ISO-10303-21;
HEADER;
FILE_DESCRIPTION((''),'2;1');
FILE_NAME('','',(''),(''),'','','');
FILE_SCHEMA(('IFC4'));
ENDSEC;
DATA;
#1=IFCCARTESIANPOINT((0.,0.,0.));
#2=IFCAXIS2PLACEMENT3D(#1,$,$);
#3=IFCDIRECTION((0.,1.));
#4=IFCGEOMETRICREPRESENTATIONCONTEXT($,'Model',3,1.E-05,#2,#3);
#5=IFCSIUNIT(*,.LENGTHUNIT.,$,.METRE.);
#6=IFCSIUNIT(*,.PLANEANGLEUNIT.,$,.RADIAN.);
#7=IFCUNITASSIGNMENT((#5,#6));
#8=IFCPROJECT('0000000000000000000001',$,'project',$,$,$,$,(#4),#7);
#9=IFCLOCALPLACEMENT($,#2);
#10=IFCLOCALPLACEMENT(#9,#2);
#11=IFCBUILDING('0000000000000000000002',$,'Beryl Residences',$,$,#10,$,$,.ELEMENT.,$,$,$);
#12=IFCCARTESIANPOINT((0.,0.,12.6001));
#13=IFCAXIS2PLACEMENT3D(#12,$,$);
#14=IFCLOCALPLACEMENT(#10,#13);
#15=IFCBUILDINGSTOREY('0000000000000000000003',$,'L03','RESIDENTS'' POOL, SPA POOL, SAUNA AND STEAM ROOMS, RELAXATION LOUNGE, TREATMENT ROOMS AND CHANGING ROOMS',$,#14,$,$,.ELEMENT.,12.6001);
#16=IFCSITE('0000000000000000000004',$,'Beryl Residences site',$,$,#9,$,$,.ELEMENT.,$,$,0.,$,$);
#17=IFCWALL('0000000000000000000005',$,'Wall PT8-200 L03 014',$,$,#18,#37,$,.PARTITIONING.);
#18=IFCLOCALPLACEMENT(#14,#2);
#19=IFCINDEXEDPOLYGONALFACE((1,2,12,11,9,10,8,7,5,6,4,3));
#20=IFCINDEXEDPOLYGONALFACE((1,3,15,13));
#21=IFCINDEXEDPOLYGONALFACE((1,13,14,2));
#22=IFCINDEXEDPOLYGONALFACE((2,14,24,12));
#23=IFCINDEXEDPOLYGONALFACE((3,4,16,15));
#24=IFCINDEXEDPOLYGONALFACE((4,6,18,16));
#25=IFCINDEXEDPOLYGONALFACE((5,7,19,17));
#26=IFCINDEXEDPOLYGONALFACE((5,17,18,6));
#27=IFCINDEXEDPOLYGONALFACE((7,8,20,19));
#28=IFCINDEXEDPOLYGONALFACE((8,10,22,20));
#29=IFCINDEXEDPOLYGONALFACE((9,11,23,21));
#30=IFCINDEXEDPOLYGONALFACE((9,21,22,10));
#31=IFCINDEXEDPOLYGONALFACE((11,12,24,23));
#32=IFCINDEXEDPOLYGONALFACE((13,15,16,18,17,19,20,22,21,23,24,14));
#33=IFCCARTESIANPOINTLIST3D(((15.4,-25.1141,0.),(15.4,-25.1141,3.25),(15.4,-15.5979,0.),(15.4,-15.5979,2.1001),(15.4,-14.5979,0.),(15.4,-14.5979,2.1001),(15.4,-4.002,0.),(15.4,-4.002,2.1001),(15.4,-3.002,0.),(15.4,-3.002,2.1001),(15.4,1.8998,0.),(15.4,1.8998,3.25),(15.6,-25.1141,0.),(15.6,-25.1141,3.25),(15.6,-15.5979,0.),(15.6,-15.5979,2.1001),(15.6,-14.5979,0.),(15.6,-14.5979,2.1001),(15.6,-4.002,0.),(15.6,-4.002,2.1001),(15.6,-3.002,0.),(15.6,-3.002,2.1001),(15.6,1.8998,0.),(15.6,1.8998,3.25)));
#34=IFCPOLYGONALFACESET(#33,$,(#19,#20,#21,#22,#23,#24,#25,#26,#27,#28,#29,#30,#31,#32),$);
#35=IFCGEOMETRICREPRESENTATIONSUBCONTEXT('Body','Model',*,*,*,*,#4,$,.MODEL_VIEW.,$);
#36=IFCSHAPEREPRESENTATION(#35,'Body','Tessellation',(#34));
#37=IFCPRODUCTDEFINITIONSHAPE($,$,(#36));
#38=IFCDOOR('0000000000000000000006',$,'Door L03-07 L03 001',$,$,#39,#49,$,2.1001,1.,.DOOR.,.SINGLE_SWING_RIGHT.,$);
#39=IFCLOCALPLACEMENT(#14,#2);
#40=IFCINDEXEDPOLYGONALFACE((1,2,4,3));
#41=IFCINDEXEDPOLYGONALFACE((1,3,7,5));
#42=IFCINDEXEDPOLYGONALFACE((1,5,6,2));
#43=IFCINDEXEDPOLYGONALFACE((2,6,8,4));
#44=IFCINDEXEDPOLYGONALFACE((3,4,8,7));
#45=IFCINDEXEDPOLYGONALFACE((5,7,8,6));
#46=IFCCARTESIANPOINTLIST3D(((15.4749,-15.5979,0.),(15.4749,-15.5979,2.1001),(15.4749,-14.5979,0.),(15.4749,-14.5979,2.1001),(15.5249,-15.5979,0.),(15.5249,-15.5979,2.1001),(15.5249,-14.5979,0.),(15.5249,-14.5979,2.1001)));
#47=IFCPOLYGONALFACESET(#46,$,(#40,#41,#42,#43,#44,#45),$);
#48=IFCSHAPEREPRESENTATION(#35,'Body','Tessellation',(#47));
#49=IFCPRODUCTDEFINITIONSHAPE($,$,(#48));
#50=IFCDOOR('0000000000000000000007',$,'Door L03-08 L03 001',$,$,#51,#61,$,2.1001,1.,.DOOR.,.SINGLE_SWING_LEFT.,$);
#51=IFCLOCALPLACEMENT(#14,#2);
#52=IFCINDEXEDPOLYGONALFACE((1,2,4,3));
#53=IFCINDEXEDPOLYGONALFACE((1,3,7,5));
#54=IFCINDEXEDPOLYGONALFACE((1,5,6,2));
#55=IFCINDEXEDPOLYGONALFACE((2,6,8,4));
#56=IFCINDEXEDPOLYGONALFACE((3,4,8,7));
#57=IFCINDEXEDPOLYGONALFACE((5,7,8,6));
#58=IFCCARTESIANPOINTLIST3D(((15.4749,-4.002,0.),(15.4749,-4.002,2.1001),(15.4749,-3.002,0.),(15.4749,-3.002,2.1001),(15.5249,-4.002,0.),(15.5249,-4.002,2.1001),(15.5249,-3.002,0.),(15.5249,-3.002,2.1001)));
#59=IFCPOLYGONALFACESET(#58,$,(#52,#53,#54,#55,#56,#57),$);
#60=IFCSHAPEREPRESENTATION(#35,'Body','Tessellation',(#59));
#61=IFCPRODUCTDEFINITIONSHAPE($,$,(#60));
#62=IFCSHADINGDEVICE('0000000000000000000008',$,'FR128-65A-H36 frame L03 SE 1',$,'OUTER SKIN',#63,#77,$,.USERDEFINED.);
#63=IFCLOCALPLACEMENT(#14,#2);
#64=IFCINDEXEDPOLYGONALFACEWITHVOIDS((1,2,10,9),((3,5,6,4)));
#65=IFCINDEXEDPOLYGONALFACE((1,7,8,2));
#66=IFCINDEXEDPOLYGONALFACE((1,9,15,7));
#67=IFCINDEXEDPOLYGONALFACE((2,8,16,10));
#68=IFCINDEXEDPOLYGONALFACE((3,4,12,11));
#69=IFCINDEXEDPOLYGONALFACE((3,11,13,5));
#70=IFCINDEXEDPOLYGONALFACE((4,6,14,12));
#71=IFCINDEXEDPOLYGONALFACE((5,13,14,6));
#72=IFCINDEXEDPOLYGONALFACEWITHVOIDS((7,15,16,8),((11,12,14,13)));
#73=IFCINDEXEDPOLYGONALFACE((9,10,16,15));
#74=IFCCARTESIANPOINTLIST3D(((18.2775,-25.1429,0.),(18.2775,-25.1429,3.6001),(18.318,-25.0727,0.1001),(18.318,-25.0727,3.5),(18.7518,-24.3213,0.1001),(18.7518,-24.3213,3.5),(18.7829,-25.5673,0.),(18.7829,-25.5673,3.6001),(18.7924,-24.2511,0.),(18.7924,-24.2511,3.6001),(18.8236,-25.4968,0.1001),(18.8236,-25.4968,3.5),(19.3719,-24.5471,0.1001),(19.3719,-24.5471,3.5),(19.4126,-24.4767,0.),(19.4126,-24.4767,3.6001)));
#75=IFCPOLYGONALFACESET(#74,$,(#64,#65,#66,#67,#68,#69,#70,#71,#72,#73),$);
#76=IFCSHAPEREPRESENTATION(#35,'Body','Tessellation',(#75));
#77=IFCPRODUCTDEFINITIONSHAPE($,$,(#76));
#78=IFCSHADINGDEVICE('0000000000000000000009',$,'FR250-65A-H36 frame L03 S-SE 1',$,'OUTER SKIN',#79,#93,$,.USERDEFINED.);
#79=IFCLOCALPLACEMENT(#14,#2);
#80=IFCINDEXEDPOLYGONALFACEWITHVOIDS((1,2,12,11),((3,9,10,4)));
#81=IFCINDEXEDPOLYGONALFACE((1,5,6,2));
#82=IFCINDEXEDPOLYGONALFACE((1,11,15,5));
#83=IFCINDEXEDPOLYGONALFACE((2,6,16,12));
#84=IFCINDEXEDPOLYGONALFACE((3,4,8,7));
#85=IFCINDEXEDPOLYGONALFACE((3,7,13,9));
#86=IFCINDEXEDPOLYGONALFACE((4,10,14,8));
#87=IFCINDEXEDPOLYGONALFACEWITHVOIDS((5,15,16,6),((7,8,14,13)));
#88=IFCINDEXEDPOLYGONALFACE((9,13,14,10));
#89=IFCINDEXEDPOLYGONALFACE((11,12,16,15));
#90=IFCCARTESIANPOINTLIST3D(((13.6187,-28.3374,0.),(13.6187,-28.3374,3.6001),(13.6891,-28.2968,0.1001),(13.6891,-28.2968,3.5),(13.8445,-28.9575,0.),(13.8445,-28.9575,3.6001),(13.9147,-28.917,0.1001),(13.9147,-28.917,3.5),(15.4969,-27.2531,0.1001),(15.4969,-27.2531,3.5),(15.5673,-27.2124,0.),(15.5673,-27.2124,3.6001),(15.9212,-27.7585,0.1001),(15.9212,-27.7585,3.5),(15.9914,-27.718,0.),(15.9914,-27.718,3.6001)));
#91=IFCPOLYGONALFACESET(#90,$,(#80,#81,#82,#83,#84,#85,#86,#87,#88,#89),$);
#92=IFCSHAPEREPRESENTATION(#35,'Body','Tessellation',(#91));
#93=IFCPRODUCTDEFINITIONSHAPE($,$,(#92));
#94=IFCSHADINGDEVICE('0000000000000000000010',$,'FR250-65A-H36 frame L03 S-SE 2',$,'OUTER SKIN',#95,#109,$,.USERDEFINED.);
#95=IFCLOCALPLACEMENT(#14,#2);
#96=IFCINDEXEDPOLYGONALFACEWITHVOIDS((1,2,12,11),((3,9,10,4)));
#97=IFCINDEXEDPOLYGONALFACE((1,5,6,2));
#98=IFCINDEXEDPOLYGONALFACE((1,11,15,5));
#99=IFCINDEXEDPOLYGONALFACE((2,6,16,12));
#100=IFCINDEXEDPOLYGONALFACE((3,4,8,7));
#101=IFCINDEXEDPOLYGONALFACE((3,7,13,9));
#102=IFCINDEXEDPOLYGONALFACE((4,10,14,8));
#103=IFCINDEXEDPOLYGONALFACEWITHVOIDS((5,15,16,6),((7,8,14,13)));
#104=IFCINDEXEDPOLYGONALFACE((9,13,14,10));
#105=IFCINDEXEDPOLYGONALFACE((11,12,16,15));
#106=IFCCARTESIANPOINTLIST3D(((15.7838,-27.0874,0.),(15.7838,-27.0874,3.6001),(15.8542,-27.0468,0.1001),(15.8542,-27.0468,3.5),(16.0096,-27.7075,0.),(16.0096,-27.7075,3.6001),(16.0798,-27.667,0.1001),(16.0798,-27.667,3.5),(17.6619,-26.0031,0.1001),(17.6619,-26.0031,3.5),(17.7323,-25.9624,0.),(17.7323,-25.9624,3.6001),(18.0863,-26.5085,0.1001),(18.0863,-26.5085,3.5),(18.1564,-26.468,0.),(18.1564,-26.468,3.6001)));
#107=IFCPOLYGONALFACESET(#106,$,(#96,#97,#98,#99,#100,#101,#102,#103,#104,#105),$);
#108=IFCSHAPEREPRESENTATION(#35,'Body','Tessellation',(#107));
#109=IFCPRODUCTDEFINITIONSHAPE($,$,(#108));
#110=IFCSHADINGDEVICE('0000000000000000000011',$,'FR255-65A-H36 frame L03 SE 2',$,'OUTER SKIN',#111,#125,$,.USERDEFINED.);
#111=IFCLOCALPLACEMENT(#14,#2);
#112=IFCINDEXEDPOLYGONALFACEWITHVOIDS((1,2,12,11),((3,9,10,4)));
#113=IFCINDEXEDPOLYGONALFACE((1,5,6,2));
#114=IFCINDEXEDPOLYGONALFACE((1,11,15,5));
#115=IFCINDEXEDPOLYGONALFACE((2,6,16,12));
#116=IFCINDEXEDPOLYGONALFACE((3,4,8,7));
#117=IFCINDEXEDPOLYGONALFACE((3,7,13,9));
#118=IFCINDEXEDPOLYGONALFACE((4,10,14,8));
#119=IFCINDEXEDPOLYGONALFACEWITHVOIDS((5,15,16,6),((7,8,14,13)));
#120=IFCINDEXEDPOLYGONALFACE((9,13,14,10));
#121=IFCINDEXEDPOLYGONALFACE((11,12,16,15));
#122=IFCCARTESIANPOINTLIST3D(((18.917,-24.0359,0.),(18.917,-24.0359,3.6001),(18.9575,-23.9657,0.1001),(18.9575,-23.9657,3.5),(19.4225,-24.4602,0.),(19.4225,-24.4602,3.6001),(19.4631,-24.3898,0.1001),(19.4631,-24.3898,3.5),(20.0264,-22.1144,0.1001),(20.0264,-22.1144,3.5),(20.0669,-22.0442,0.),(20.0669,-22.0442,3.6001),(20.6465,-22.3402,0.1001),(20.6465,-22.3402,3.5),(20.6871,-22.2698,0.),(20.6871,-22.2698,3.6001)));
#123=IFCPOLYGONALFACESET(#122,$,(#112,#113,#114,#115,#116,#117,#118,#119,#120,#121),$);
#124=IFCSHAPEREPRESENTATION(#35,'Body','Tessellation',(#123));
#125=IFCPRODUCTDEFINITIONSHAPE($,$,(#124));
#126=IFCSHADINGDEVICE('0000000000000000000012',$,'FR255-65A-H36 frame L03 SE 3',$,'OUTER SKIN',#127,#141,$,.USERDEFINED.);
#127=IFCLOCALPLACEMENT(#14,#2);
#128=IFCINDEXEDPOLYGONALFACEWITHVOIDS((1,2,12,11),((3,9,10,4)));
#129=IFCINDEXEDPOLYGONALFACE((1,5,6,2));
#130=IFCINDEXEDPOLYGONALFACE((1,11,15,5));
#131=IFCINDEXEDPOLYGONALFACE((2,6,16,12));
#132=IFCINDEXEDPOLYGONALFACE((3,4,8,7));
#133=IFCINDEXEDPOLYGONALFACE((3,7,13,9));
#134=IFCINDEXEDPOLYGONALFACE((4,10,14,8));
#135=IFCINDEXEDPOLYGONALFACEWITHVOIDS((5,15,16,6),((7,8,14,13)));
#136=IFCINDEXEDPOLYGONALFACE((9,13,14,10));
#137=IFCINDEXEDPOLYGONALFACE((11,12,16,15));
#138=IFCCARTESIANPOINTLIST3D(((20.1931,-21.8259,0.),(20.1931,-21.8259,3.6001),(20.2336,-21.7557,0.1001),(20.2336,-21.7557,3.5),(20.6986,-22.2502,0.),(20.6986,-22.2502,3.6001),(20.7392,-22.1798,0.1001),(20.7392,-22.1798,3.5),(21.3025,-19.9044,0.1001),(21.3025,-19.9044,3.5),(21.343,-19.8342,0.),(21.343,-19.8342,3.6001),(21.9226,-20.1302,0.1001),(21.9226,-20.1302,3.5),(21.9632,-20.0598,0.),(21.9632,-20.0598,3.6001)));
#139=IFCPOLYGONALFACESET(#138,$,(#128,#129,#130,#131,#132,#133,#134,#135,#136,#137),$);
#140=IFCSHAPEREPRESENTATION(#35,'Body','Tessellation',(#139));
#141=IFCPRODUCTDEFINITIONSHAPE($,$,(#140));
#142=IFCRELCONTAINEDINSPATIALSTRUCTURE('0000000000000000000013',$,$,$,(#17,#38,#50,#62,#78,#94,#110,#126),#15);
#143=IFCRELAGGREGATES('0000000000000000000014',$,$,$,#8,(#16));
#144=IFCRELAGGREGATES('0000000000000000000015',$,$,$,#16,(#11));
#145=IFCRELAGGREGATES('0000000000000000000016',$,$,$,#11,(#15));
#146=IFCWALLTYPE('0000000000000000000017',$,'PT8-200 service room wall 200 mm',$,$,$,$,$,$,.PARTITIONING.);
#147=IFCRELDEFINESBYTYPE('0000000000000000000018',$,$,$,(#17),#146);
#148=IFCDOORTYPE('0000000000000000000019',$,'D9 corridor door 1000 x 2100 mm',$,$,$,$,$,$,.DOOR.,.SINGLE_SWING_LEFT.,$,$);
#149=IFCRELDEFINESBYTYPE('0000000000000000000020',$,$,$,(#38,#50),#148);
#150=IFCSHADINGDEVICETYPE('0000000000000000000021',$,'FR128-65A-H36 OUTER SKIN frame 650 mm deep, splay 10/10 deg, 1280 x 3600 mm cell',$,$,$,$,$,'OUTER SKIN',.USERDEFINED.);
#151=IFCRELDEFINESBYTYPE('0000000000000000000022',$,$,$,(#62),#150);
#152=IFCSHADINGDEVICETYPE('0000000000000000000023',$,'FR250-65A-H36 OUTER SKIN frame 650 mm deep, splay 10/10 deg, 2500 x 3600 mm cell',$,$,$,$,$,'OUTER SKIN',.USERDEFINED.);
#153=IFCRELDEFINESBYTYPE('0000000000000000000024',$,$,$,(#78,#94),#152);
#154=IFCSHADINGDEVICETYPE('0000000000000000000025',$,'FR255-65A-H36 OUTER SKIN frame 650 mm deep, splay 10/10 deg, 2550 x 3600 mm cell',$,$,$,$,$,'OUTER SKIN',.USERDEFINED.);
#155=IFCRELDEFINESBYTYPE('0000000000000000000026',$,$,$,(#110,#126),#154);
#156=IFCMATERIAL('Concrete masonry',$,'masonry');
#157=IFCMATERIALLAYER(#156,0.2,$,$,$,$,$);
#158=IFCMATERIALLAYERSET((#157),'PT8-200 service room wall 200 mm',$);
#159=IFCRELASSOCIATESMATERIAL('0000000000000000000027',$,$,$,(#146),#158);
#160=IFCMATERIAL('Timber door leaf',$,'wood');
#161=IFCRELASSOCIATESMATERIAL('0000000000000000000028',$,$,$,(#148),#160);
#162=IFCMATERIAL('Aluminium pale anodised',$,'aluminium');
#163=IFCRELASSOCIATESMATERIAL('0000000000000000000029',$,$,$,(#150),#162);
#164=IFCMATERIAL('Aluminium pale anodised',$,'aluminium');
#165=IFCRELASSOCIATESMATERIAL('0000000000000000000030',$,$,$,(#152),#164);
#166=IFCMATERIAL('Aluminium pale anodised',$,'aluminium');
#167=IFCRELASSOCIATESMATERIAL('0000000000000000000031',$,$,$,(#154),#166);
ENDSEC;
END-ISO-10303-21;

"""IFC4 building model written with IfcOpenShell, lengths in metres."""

from ifc_helpers import new_model, entity, si_unit, direction, frame, frame_2d, origin, place, context, subcontext, project, spatial, rectangle, extrude, source, transform, mapped, material, layer, layer_set, type_object, type_shapes, element, fill, save


model = new_model("IFC4")

# Units and contexts
model_context = context("Model", 3, precision=1e-05, world=origin(), true_north=direction((0.0, 1.0)))
body_context = subcontext(model_context, "Body", "Model", "MODEL_VIEW")
ifc_project = project(units=[si_unit("LENGTHUNIT", "METRE"), si_unit("PLANEANGLEUNIT", "RADIAN")], contexts=[model_context])

# Site, building, storey
site_placement = place(None, origin())
site = spatial("IfcSite", under=ifc_project, at=site_placement, Name="Beryl Residences site", CompositionType="ELEMENT", RefElevation=0.0)
building_placement = place(site_placement, origin())
building = spatial("IfcBuilding", under=site, at=building_placement, Name="Beryl Residences", CompositionType="ELEMENT")
storey_placement = place(building_placement, frame((0.0, 0.0, 12.6001)))
storey = spatial("IfcBuildingStorey", under=building, at=storey_placement, Name="L03", Description="RESIDENTS' POOL, SPA POOL, SAUNA AND STEAM ROOMS, RELAXATION LOUNGE, TREATMENT ROOMS AND CHANGING ROOMS", CompositionType="ELEMENT", Elevation=12.6001)

# Shared definitions
ifc_material_1 = material(Name="Concrete masonry", Category="masonry")
ifc_layer_1 = layer(ifc_material_1, 0.2)
ifc_layer_set_1 = layer_set([ifc_layer_1], Name="PT8-200 service room wall 200 mm")
wall_type_1 = type_object("IfcWallType", Name="PT8-200 service room wall 200 mm", PredefinedType="PARTITIONING", material=ifc_layer_set_1)

# Wall, openings, doors
wall_1_placement = place(storey_placement, frame((15.5, -25.114, 0.0), z_axis=(0.0, 0.0, 1.0), x_axis=(0.0, 1.0, 0.0)))
wall_1 = element("IfcWall", 1, at=wall_1_placement, inside=storey, type_object=wall_type_1, Name="Wall PT8-200 L03 014", PredefinedType="PARTITIONING", context=body_context, shape_type="SweptSolid", body=[
    extrude(rectangle(XDim=27.0139, YDim=0.2, at=frame_2d((13.5068, 0.0))), origin(), (0.0, 0.0, 1.0), 3.25),
])
opening_1_placement = place(wall_1_placement, frame((10.5161, 0.0, 0.0), z_axis=(0.0, 0.0, 1.0), x_axis=(-1.0, 0.0, 0.0)))
opening_1 = element("IfcOpeningElement", 2, at=opening_1_placement, cuts=wall_1, PredefinedType="OPENING", context=body_context, shape_type="SweptSolid", body=[
    extrude(rectangle(XDim=1.0, YDim=2.1001, at=frame_2d((0.5, 1.05))), frame((0.0, 0.1099, 0.0), z_axis=(0.0, -1.0, 0.0), x_axis=(1.0, 0.0, 0.0)), (0.0, 0.0, 1.0), 0.22),
])
opening_2_placement = place(wall_1_placement, frame((22.1121, 0.0, 0.0), z_axis=(0.0, 0.0, 1.0), x_axis=(-1.0, 0.0, 0.0)))
opening_2 = element("IfcOpeningElement", 3, at=opening_2_placement, cuts=wall_1, PredefinedType="OPENING", context=body_context, shape_type="SweptSolid", body=[
    extrude(rectangle(XDim=1.0, YDim=2.1001, at=frame_2d((0.5, 1.05))), frame((0.0, 0.1099, 0.0), z_axis=(0.0, -1.0, 0.0), x_axis=(1.0, 0.0, 0.0)), (0.0, 0.0, 1.0), 0.22),
])
ifc_material_2 = material(Name="Timber door leaf", Category="wood")
door_type = type_object("IfcDoorType", Name="D9 corridor door 1000 x 2100 mm", OperationType="SINGLE_SWING_LEFT", PredefinedType="DOOR", material=ifc_material_2)
door_1_placement = place(opening_1_placement, origin())
door_1 = element("IfcDoor", 4, at=door_1_placement, inside=storey, type_object=door_type, Name="Door L03-07 L03 001", OperationType="SINGLE_SWING_RIGHT", OverallHeight=2.1001, OverallWidth=1.0, PredefinedType="DOOR", context=body_context, shape_type="SweptSolid", body=[
    extrude(rectangle(XDim=1.0, YDim=2.1001, at=frame_2d((0.5, 1.05))), frame((0.0, 0.0249, 0.0), z_axis=(0.0, -1.0, 0.0), x_axis=(1.0, 0.0, 0.0)), (0.0, 0.0, 1.0), 0.05),
])
fill(opening_1, door_1)
door_2_placement = place(opening_2_placement, origin())
door_2 = element("IfcDoor", 5, at=door_2_placement, inside=storey, type_object=door_type, Name="Door L03-08 L03 001", OperationType="SINGLE_SWING_LEFT", OverallHeight=2.1001, OverallWidth=1.0, PredefinedType="DOOR", context=body_context, shape_type="SweptSolid", body=[
    extrude(rectangle(XDim=1.0, YDim=2.1001, at=frame_2d((0.5, 1.05))), frame((0.0, 0.0249, 0.0), z_axis=(0.0, -1.0, 0.0), x_axis=(1.0, 0.0, 0.0)), (0.0, 0.0, 1.0), 0.05),
])
fill(opening_2, door_2)

# Shading devices
ifc_material_3 = material(Name="Aluminium pale anodised", Category="aluminium")
shading_device_type_1 = type_object("IfcShadingDeviceType", Name="FR128-65A-H36 OUTER SKIN frame 650 mm deep, splay 10/10 deg, 1280 x 3600 mm cell", ElementType="OUTER SKIN", PredefinedType="USERDEFINED", material=ifc_material_3)
cartesian_point_1 = entity("IfcCartesianPoint", [-0.5149, 0.0])
cartesian_point_2 = entity("IfcCartesianPoint", [-0.4338, 0.1001])
cartesian_point_3 = entity("IfcCartesianPoint", [-0.6296, 0.0])
cartesian_point_4 = entity("IfcCartesianPoint", [-0.5483, 0.1001])
shared_shape_1 = source(origin(), body_context, "Body", "SweptSolid", [
    entity("IfcExtrudedAreaSolidTapered", entity("IfcArbitraryProfileDefWithVoids", "AREA", None, entity("IfcPolyline", [cartesian_point_1, entity("IfcCartesianPoint", [0.5149, 0.0]), entity("IfcCartesianPoint", [0.5149, 3.6001]), entity("IfcCartesianPoint", [-0.5149, 3.6001]), cartesian_point_1]), [entity("IfcPolyline", [cartesian_point_2, entity("IfcCartesianPoint", [0.4338, 0.1001]), entity("IfcCartesianPoint", [0.4338, 3.5]), entity("IfcCartesianPoint", [-0.4338, 3.5]), cartesian_point_2])]), entity("IfcAxis2Placement3D", entity("IfcCartesianPoint", [0.0, 0.0, 0.0]), entity("IfcDirection", [0.0, 1.0, 0.0]), entity("IfcDirection", [-1.0, 0.0, 0.0])), entity("IfcDirection", [0.0, 0.0, 1.0]), 0.6499, entity("IfcArbitraryProfileDefWithVoids", "AREA", None, entity("IfcPolyline", [cartesian_point_3, entity("IfcCartesianPoint", [0.6296, 0.0]), entity("IfcCartesianPoint", [0.6296, 3.6001]), entity("IfcCartesianPoint", [-0.6296, 3.6001]), cartesian_point_3]), [entity("IfcPolyline", [cartesian_point_4, entity("IfcCartesianPoint", [0.5483, 0.1001]), entity("IfcCartesianPoint", [0.5483, 3.5]), entity("IfcCartesianPoint", [-0.5483, 3.5]), cartesian_point_4])])),
])
type_shapes(shading_device_type_1, [shared_shape_1])
shading_device_placement = place(storey_placement, frame((18.5349, -24.697, 0.0), z_axis=(0.0, 0.0, 1.0), x_axis=(-0.5, -0.866025, 0.0)))
element("IfcShadingDevice", 6, at=shading_device_placement, inside=storey, type_object=shading_device_type_1, Name="FR128-65A-H36 frame L03 SE 1", ObjectType="OUTER SKIN", PredefinedType="USERDEFINED", context=body_context, shape_type="MappedRepresentation", body=[
    mapped(shared_shape_1, transform((0.0, 0.0, 0.0))),
])
ifc_material_4 = material(Name="Aluminium pale anodised", Category="aluminium")
shading_device_type_2 = type_object("IfcShadingDeviceType", Name="FR250-65A-H36 OUTER SKIN frame 650 mm deep, splay 10/10 deg, 2500 x 3600 mm cell", ElementType="OUTER SKIN", PredefinedType="USERDEFINED", material=ifc_material_4)
cartesian_point_5 = entity("IfcCartesianPoint", [-1.125, 0.0])
cartesian_point_6 = entity("IfcCartesianPoint", [-1.0437, 0.1001])
cartesian_point_7 = entity("IfcCartesianPoint", [-1.2395, 0.0])
cartesian_point_8 = entity("IfcCartesianPoint", [-1.1584, 0.1001])
shared_shape_2 = source(origin(), body_context, "Body", "SweptSolid", [
    entity("IfcExtrudedAreaSolidTapered", entity("IfcArbitraryProfileDefWithVoids", "AREA", None, entity("IfcPolyline", [cartesian_point_5, entity("IfcCartesianPoint", [1.125, 0.0]), entity("IfcCartesianPoint", [1.125, 3.6001]), entity("IfcCartesianPoint", [-1.125, 3.6001]), cartesian_point_5]), [entity("IfcPolyline", [cartesian_point_6, entity("IfcCartesianPoint", [1.0437, 0.1001]), entity("IfcCartesianPoint", [1.0437, 3.5]), entity("IfcCartesianPoint", [-1.0437, 3.5]), cartesian_point_6])]), entity("IfcAxis2Placement3D", entity("IfcCartesianPoint", [0.0, 0.0, 0.0]), entity("IfcDirection", [0.0, 1.0, 0.0]), entity("IfcDirection", [-1.0, 0.0, 0.0])), entity("IfcDirection", [0.0, 0.0, 1.0]), 0.6499, entity("IfcArbitraryProfileDefWithVoids", "AREA", None, entity("IfcPolyline", [cartesian_point_7, entity("IfcCartesianPoint", [1.2395, 0.0]), entity("IfcCartesianPoint", [1.2395, 3.6001]), entity("IfcCartesianPoint", [-1.2395, 3.6001]), cartesian_point_7]), [entity("IfcPolyline", [cartesian_point_8, entity("IfcCartesianPoint", [1.1584, 0.1001]), entity("IfcCartesianPoint", [1.1584, 3.5]), entity("IfcCartesianPoint", [-1.1584, 3.5]), cartesian_point_8])])),
])
type_shapes(shading_device_type_2, [shared_shape_2])
for number, where, z_axis, x_axis, name in (
    (7, (14.593, -27.7749, 0.0), (0.0, 0.0, 1.0), (-0.866025, -0.5, 0.0), "FR250-65A-H36 frame L03 S-SE 1"),
    (8, (16.7581, -26.5249, 0.0), (0.0, 0.0, 1.0), (-0.866025, -0.5, 0.0), "FR250-65A-H36 frame L03 S-SE 2"),
):
    element("IfcShadingDevice", number, at=place(storey_placement, frame(where, z_axis=z_axis, x_axis=x_axis)), inside=storey, type_object=shading_device_type_2, Name=name, ObjectType="OUTER SKIN", PredefinedType="USERDEFINED", context=body_context, shape_type="MappedRepresentation", body=[
        mapped(shared_shape_2, transform((0.0, 0.0, 0.0))),
    ])
ifc_material_5 = material(Name="Aluminium pale anodised", Category="aluminium")
shading_device_type_3 = type_object("IfcShadingDeviceType", Name="FR255-65A-H36 OUTER SKIN frame 650 mm deep, splay 10/10 deg, 2550 x 3600 mm cell", ElementType="OUTER SKIN", PredefinedType="USERDEFINED", material=ifc_material_5)
cartesian_point_9 = entity("IfcCartesianPoint", [-1.1499, 0.0])
cartesian_point_10 = entity("IfcCartesianPoint", [-1.0688, 0.1001])
cartesian_point_11 = entity("IfcCartesianPoint", [-1.2646, 0.0])
cartesian_point_12 = entity("IfcCartesianPoint", [-1.1833, 0.1001])
shared_shape_3 = source(origin(), body_context, "Body", "SweptSolid", [
    entity("IfcExtrudedAreaSolidTapered", entity("IfcArbitraryProfileDefWithVoids", "AREA", None, entity("IfcPolyline", [cartesian_point_9, entity("IfcCartesianPoint", [1.1499, 0.0]), entity("IfcCartesianPoint", [1.1499, 3.6001]), entity("IfcCartesianPoint", [-1.1499, 3.6001]), cartesian_point_9]), [entity("IfcPolyline", [cartesian_point_10, entity("IfcCartesianPoint", [1.0688, 0.1001]), entity("IfcCartesianPoint", [1.0688, 3.5]), entity("IfcCartesianPoint", [-1.0688, 3.5]), cartesian_point_10])]), entity("IfcAxis2Placement3D", entity("IfcCartesianPoint", [0.0, 0.0, 0.0]), entity("IfcDirection", [0.0, 1.0, 0.0]), entity("IfcDirection", [-1.0, 0.0, 0.0])), entity("IfcDirection", [0.0, 0.0, 1.0]), 0.6499, entity("IfcArbitraryProfileDefWithVoids", "AREA", None, entity("IfcPolyline", [cartesian_point_11, entity("IfcCartesianPoint", [1.2646, 0.0]), entity("IfcCartesianPoint", [1.2646, 3.6001]), entity("IfcCartesianPoint", [-1.2646, 3.6001]), cartesian_point_11]), [entity("IfcPolyline", [cartesian_point_12, entity("IfcCartesianPoint", [1.1833, 0.1001]), entity("IfcCartesianPoint", [1.1833, 3.5]), entity("IfcCartesianPoint", [-1.1833, 3.5]), cartesian_point_12])])),
])
type_shapes(shading_device_type_3, [shared_shape_3])
for number, where, z_axis, x_axis, name in (
    (9, (19.4919, -23.04, 0.0), (0.0, 0.0, 1.0), (-0.5, -0.866025, 0.0), "FR255-65A-H36 frame L03 SE 2"),
    (10, (20.7681, -20.8301, 0.0), (0.0, 0.0, 1.0), (-0.5, -0.866025, 0.0), "FR255-65A-H36 frame L03 SE 3"),
):
    element("IfcShadingDevice", number, at=place(storey_placement, frame(where, z_axis=z_axis, x_axis=x_axis)), inside=storey, type_object=shading_device_type_3, Name=name, ObjectType="OUTER SKIN", PredefinedType="USERDEFINED", context=body_context, shape_type="MappedRepresentation", body=[
        mapped(shared_shape_3, transform((0.0, 0.0, 0.0))),
    ])

save(model, "model.ifc")
